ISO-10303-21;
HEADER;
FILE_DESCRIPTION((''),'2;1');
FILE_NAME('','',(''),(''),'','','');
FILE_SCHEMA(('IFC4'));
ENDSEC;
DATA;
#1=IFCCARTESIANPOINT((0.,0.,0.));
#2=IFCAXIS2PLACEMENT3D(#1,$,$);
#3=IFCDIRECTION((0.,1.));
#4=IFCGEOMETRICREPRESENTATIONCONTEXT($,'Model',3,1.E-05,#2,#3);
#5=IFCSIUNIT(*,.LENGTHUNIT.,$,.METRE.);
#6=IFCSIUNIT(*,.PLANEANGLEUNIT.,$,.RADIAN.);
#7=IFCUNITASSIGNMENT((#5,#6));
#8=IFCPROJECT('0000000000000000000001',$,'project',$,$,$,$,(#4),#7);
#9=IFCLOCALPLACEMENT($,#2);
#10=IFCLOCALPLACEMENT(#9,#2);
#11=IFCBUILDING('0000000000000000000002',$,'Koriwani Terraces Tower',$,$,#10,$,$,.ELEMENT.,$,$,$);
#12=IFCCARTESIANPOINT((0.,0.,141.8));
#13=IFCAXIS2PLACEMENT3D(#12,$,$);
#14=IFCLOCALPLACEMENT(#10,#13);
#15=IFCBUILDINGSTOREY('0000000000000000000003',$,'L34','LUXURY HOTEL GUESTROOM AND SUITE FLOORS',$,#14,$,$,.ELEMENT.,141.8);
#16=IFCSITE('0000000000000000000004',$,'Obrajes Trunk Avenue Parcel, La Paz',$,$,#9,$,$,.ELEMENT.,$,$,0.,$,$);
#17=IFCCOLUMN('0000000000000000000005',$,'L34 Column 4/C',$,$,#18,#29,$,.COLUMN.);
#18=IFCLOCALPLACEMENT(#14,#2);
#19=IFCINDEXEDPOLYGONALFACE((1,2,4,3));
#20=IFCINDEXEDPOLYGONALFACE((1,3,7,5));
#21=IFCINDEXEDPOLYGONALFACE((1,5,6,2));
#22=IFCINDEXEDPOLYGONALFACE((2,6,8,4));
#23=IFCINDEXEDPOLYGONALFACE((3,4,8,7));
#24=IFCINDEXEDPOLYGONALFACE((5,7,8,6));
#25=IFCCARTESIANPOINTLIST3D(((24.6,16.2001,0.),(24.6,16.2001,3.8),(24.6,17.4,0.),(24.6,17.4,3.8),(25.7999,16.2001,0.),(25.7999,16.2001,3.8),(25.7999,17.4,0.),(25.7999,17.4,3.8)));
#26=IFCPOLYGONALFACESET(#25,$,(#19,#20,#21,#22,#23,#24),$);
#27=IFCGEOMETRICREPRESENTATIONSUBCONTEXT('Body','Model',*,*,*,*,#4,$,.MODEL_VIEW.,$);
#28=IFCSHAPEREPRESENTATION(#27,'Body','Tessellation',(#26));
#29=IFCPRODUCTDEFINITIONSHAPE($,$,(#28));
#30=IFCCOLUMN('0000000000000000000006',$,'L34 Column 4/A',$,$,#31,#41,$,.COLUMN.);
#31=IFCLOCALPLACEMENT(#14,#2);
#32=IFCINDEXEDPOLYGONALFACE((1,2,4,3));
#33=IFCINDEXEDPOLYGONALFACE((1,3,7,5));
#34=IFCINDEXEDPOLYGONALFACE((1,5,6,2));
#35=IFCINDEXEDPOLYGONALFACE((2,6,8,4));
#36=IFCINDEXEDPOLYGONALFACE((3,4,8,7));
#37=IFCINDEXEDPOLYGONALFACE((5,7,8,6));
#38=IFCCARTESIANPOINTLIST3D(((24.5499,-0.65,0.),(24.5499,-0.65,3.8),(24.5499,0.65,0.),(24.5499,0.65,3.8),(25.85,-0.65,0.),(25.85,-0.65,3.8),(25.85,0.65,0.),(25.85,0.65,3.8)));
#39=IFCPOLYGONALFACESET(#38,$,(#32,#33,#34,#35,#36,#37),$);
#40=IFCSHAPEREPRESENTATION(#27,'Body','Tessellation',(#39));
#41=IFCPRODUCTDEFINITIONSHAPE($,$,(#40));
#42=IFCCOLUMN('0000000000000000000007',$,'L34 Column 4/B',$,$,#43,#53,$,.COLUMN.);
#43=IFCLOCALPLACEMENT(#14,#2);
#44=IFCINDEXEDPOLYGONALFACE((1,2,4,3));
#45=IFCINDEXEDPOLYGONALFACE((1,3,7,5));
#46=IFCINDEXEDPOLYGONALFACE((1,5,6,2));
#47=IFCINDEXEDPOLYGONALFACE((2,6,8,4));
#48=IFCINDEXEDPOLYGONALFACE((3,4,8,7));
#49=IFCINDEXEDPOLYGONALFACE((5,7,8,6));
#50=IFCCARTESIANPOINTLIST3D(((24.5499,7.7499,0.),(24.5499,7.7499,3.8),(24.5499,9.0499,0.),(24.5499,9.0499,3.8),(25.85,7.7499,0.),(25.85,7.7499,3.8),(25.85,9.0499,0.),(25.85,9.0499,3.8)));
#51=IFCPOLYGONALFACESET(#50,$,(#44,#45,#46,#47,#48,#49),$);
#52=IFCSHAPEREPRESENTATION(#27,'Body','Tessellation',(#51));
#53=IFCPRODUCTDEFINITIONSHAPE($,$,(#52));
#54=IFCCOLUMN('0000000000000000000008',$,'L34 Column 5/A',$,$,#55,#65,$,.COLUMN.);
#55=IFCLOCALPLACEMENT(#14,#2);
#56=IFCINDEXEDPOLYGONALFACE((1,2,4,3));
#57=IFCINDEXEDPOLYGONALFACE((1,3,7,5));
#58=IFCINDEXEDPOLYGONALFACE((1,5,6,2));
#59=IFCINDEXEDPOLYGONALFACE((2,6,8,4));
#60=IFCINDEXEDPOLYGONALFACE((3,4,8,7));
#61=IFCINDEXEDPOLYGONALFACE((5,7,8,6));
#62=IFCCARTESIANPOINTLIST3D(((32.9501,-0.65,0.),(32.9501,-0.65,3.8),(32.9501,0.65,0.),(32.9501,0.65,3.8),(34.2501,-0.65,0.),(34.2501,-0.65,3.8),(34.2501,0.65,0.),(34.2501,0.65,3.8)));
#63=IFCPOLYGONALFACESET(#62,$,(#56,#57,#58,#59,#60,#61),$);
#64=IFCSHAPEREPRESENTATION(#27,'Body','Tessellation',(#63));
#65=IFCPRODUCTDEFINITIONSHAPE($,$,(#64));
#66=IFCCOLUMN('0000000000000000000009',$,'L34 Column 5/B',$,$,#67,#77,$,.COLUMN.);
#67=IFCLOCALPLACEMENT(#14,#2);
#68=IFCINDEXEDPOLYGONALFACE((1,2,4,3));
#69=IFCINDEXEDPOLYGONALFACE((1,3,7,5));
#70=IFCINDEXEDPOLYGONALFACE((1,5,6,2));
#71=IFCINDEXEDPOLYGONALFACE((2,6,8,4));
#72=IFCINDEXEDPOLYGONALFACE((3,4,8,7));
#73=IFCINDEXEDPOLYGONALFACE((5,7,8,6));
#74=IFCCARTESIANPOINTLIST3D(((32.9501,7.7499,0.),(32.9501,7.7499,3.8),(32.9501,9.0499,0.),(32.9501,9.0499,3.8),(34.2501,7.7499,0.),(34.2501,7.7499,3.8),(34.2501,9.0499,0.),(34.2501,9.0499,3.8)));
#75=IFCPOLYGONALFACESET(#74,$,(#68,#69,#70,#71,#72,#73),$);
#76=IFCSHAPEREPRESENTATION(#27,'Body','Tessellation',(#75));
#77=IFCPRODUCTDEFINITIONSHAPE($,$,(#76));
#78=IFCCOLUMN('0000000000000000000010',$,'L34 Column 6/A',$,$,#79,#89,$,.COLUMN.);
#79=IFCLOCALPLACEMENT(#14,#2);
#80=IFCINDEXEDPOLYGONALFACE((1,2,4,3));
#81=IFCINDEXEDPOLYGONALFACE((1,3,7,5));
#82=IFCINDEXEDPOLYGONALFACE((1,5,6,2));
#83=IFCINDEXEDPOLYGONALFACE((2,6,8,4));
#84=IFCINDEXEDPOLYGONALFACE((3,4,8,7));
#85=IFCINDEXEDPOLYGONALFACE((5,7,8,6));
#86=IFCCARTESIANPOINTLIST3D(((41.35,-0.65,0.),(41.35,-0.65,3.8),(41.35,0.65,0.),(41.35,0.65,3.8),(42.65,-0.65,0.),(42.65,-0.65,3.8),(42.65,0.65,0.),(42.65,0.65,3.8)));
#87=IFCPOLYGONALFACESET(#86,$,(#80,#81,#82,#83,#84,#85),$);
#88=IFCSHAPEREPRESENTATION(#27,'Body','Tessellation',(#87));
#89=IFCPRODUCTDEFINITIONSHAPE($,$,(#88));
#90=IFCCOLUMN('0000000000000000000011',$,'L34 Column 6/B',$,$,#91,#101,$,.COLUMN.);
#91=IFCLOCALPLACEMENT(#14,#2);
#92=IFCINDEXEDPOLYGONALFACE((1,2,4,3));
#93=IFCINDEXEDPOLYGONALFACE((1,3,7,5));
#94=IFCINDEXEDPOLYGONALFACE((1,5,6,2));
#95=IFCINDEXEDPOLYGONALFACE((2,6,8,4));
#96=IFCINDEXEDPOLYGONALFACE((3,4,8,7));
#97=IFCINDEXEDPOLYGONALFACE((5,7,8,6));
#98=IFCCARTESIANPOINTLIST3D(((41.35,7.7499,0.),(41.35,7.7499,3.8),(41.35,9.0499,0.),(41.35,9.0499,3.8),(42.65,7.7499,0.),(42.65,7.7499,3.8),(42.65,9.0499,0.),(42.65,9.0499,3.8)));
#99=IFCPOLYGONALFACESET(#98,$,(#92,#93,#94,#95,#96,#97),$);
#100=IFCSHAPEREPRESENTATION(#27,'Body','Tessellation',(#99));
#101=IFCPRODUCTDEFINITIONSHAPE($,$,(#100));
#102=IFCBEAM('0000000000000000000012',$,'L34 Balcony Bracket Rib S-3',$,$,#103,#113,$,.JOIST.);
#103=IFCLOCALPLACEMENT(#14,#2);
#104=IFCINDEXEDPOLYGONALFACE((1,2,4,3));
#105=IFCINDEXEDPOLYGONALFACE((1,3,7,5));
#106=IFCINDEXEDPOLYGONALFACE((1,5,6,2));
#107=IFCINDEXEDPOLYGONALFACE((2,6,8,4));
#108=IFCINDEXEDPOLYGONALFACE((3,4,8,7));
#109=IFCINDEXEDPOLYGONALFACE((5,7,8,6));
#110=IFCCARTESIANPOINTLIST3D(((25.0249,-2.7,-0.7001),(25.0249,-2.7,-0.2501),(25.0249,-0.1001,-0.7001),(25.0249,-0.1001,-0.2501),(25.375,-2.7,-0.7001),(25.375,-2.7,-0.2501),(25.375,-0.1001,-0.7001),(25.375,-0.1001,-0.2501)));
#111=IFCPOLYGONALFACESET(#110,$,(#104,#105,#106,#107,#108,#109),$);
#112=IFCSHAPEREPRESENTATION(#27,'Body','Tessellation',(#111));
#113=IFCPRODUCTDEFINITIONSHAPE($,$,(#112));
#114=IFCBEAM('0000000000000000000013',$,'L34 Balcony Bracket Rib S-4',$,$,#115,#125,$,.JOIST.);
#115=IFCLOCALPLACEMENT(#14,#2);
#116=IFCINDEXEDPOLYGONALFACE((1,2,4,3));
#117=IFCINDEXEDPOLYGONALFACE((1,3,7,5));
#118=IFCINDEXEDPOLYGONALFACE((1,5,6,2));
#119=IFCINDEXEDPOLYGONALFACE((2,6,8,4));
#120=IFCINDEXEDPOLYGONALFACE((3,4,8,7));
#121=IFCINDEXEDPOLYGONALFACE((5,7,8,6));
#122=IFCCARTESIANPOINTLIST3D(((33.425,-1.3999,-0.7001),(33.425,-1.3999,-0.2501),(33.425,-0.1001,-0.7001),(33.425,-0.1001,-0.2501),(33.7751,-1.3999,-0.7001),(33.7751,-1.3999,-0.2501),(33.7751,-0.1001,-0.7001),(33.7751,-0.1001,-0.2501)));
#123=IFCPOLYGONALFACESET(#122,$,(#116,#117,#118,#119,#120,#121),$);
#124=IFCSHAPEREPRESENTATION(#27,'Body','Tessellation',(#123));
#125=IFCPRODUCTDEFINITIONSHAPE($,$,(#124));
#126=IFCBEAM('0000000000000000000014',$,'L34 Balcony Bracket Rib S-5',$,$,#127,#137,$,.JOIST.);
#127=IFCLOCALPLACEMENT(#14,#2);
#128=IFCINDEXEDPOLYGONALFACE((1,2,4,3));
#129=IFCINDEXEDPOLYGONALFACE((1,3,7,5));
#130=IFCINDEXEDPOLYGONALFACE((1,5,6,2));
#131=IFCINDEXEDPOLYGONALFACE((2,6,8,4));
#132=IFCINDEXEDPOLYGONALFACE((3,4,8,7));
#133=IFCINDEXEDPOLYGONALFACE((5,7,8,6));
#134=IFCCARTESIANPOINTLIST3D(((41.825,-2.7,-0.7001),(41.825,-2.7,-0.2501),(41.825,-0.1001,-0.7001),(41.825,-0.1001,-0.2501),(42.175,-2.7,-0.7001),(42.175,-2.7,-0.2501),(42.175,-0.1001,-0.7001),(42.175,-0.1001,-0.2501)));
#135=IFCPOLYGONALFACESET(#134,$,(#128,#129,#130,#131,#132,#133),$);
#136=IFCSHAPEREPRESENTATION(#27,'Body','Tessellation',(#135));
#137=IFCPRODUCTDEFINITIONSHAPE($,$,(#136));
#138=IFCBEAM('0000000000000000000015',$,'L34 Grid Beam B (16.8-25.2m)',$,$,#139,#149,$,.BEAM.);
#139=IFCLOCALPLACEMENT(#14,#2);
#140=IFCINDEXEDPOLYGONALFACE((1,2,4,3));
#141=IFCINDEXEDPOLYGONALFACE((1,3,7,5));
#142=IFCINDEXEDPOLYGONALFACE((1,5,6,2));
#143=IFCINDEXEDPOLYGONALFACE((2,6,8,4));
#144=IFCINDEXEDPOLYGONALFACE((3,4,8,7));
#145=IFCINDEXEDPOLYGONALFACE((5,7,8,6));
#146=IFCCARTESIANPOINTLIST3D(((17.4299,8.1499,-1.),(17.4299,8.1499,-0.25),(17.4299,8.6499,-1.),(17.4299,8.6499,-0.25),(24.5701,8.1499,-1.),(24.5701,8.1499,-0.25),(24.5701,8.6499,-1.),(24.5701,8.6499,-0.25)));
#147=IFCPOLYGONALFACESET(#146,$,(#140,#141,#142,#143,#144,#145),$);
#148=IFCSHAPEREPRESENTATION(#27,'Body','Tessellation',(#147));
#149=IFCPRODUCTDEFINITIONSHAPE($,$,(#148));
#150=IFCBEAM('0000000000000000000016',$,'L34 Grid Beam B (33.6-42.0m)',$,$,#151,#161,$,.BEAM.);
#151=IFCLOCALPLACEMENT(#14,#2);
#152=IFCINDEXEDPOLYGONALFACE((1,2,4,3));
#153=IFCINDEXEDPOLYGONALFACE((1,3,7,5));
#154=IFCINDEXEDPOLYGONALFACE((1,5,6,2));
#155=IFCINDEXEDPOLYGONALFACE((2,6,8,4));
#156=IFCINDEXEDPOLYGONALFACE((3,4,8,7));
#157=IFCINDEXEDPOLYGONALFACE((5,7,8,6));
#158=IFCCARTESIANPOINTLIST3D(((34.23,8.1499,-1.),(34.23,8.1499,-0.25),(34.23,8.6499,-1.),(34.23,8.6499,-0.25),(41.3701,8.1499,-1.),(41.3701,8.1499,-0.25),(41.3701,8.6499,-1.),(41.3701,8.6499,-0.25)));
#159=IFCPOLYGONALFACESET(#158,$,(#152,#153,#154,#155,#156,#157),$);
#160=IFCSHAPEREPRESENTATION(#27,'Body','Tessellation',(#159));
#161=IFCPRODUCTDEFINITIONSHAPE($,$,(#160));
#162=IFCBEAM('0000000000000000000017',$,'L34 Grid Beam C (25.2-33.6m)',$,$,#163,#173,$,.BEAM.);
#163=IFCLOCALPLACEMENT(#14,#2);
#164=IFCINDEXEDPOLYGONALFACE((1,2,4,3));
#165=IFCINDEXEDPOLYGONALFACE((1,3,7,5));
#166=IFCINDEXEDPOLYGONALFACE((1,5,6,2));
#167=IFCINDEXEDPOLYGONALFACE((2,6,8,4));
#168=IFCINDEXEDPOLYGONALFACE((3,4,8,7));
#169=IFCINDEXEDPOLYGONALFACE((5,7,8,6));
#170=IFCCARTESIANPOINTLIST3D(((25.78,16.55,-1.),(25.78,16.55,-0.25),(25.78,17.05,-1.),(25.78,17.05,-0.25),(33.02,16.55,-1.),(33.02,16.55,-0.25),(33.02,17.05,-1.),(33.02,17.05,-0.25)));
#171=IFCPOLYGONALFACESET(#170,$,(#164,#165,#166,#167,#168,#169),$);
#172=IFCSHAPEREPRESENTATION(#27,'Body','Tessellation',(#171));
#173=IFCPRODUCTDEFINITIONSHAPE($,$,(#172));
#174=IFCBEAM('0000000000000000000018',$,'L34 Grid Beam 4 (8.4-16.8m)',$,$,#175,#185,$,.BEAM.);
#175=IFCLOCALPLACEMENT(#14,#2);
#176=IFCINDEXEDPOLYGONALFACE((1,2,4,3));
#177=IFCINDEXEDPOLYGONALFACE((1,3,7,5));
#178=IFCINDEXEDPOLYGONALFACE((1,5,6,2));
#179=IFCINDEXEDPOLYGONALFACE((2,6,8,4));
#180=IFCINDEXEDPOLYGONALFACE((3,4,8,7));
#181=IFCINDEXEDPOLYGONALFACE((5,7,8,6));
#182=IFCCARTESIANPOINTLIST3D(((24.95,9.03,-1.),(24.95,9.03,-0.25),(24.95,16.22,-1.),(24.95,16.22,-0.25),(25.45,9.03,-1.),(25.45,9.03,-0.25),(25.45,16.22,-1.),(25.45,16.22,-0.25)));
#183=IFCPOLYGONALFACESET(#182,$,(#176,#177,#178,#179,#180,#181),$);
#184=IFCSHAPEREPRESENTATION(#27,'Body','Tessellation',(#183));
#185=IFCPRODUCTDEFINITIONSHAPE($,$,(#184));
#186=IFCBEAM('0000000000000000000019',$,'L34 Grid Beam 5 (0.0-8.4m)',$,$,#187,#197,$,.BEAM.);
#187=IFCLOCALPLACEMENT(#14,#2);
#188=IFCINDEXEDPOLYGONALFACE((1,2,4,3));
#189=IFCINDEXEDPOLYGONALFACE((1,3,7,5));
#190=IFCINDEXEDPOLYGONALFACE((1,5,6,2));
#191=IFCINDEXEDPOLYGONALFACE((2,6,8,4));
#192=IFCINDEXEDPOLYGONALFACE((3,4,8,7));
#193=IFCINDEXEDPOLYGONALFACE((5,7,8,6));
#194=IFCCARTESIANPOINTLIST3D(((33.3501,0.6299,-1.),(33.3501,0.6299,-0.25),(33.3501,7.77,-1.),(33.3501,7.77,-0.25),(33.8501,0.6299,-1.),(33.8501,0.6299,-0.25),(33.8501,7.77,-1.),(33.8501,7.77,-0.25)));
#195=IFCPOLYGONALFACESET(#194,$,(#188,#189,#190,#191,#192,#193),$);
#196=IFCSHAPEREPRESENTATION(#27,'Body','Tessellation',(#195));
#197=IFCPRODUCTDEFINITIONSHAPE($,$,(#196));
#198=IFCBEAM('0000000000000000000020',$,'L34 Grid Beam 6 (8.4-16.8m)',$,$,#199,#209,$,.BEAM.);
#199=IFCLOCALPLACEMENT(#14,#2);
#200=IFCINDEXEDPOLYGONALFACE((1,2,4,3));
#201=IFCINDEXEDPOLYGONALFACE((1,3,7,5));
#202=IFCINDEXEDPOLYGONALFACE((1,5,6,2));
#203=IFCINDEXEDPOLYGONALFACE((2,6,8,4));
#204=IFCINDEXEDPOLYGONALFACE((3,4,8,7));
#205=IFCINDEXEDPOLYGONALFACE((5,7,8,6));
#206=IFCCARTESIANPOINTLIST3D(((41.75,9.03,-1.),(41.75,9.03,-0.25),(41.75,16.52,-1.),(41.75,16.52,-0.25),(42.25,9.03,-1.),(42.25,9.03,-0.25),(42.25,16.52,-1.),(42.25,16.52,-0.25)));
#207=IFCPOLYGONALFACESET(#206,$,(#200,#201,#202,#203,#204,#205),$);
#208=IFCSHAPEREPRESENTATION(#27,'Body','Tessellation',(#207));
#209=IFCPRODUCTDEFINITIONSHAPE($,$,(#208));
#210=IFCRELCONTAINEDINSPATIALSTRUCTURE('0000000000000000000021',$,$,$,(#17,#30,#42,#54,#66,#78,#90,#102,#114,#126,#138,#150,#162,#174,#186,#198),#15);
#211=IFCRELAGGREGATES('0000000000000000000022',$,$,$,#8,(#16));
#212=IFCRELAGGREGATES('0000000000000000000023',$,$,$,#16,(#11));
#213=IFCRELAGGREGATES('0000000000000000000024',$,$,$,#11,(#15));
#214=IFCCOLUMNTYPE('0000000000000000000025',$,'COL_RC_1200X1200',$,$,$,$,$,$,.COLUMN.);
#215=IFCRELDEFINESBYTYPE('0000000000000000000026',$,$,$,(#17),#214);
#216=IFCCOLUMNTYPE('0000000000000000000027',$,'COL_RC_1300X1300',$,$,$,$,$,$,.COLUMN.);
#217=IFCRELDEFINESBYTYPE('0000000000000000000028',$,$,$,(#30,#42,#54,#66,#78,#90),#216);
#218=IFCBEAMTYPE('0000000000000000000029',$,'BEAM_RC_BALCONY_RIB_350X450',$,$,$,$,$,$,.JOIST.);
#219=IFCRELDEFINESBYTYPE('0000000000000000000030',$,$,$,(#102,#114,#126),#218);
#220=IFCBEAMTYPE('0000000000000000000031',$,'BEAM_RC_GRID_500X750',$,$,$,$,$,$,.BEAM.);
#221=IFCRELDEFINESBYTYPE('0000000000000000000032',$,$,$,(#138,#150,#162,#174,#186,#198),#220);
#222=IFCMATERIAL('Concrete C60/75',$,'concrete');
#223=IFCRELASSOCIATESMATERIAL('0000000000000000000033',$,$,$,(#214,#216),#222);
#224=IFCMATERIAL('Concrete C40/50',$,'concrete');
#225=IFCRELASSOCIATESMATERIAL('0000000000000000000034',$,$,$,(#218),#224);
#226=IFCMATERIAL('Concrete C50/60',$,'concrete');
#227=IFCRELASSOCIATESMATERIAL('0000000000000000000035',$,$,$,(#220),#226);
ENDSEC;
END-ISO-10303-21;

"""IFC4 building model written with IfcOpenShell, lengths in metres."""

from ifc_helpers import new_model, si_unit, direction, frame, origin, origin_2d, place, context, subcontext, project, spatial, rectangle, extrude, material, material_profile, profile_set, type_object, element, save


model = new_model("IFC4")

# Units and contexts
model_context = context("Model", 3, precision=1e-05, world=origin(), true_north=direction((0.0, 1.0)))
body_context = subcontext(model_context, "Body", "Model", "MODEL_VIEW")
ifc_project = project(units=[si_unit("LENGTHUNIT", "METRE"), si_unit("PLANEANGLEUNIT", "RADIAN")], contexts=[model_context])

# Site, building, storey
site_placement = place(None, origin())
site = spatial("IfcSite", under=ifc_project, at=site_placement, Name="Obrajes Trunk Avenue Parcel, La Paz", CompositionType="ELEMENT", RefElevation=0.0)
building_placement = place(site_placement, origin())
building = spatial("IfcBuilding", under=site, at=building_placement, Name="Koriwani Terraces Tower", CompositionType="ELEMENT")
storey_placement = place(building_placement, frame((0.0, 0.0, 141.8)))
storey = spatial("IfcBuildingStorey", under=building, at=storey_placement, Name="L34", Description="LUXURY HOTEL GUESTROOM AND SUITE FLOORS", CompositionType="ELEMENT", Elevation=141.8)

# Columns
ifc_material_1 = material(Name="Concrete C60/75", Category="concrete")
ifc_material_profile_1 = material_profile(ifc_material_1, rectangle(XDim=1.2, YDim=1.2, at=origin_2d()), Name="Concrete C60/75", Category="LoadBearing")
ifc_profile_set_1 = profile_set([ifc_material_profile_1], Name="Concrete C60/75")
column_type_1 = type_object("IfcColumnType", Name="COL_RC_1200X1200", PredefinedType="COLUMN", material=ifc_profile_set_1)
column_placement = place(storey_placement, frame((25.2, 16.8, 0.0), z_axis=(0.0, 0.0, 1.0), x_axis=(1.0, 0.0, 0.0)))
element("IfcColumn", 1, at=column_placement, inside=storey, type_object=column_type_1, Name="L34 Column 4/C", PredefinedType="COLUMN", context=body_context, shape_type="SweptSolid", body=[
    extrude(rectangle(XDim=1.2, YDim=1.2, at=origin_2d()), origin(), (0.0, 0.0, 1.0), 3.8),
])
ifc_material_profile_2 = material_profile(ifc_material_1, rectangle(XDim=1.3, YDim=1.3, at=origin_2d()), Name="Concrete C60/75", Category="LoadBearing")
ifc_profile_set_2 = profile_set([ifc_material_profile_2], Name="Concrete C60/75")
column_type_2 = type_object("IfcColumnType", Name="COL_RC_1300X1300", PredefinedType="COLUMN", material=ifc_profile_set_2)
for number, where, z_axis, x_axis, name in (
    (2, (25.2, 0.0, 0.0), (0.0, 0.0, 1.0), (1.0, 0.0, 0.0), "L34 Column 4/A"),
    (3, (25.2, 8.3999, 0.0), (0.0, 0.0, 1.0), (1.0, 0.0, 0.0), "L34 Column 4/B"),
    (4, (33.6001, 0.0, 0.0), (0.0, 0.0, 1.0), (1.0, 0.0, 0.0), "L34 Column 5/A"),
    (5, (33.6001, 8.3999, 0.0), (0.0, 0.0, 1.0), (1.0, 0.0, 0.0), "L34 Column 5/B"),
    (6, (42.0, 0.0, 0.0), (0.0, 0.0, 1.0), (1.0, 0.0, 0.0), "L34 Column 6/A"),
    (7, (42.0, 8.3999, 0.0), (0.0, 0.0, 1.0), (1.0, 0.0, 0.0), "L34 Column 6/B"),
):
    element("IfcColumn", number, at=place(storey_placement, frame(where, z_axis=z_axis, x_axis=x_axis)), inside=storey, type_object=column_type_2, Name=name, PredefinedType="COLUMN", context=body_context, shape_type="SweptSolid", body=[
        extrude(rectangle(XDim=1.3, YDim=1.3, at=origin_2d()), origin(), (0.0, 0.0, 1.0), 3.8),
    ])

# Beams
ifc_material_2 = material(Name="Concrete C40/50", Category="concrete")
ifc_material_profile_3 = material_profile(ifc_material_2, rectangle(XDim=0.3501, YDim=0.45, at=origin_2d()), Name="Concrete C40/50", Category="LoadBearing")
ifc_profile_set_3 = profile_set([ifc_material_profile_3], Name="Concrete C40/50")
beam_type_1 = type_object("IfcBeamType", Name="BEAM_RC_BALCONY_RIB_350X450", PredefinedType="JOIST", material=ifc_profile_set_3)
beam_1_placement = place(storey_placement, frame((25.2, -2.7, -0.4751), z_axis=(0.0, 1.0, 0.0), x_axis=(-1.0, 0.0, 0.0)))
element("IfcBeam", 8, at=beam_1_placement, inside=storey, type_object=beam_type_1, Name="L34 Balcony Bracket Rib S-3", PredefinedType="JOIST", context=body_context, shape_type="SweptSolid", body=[
    extrude(rectangle(XDim=0.3501, YDim=0.45, at=origin_2d()), origin(), (0.0, 0.0, 1.0), 2.5999),
])
beam_2_placement = place(storey_placement, frame((33.6001, -1.3999, -0.4751), z_axis=(0.0, 1.0, 0.0), x_axis=(-1.0, 0.0, 0.0)))
element("IfcBeam", 9, at=beam_2_placement, inside=storey, type_object=beam_type_1, Name="L34 Balcony Bracket Rib S-4", PredefinedType="JOIST", context=body_context, shape_type="SweptSolid", body=[
    extrude(rectangle(XDim=0.3501, YDim=0.45, at=origin_2d()), origin(), (0.0, 0.0, 1.0), 1.2998),
])
beam_3_placement = place(storey_placement, frame((42.0, -2.7, -0.4751), z_axis=(0.0, 1.0, 0.0), x_axis=(-1.0, 0.0, 0.0)))
element("IfcBeam", 10, at=beam_3_placement, inside=storey, type_object=beam_type_1, Name="L34 Balcony Bracket Rib S-5", PredefinedType="JOIST", context=body_context, shape_type="SweptSolid", body=[
    extrude(rectangle(XDim=0.3501, YDim=0.45, at=origin_2d()), origin(), (0.0, 0.0, 1.0), 2.5999),
])
ifc_material_3 = material(Name="Concrete C50/60", Category="concrete")
ifc_material_profile_4 = material_profile(ifc_material_3, rectangle(XDim=0.5, YDim=0.75, at=origin_2d()), Name="Concrete C50/60", Category="LoadBearing")
ifc_profile_set_4 = profile_set([ifc_material_profile_4], Name="Concrete C50/60")
beam_type_2 = type_object("IfcBeamType", Name="BEAM_RC_GRID_500X750", PredefinedType="BEAM", material=ifc_profile_set_4)
for number, where, z_axis, x_axis, name in (
    (11, (17.4299, 8.3999, -0.625), (1.0, 0.0, 0.0), (0.0, 1.0, 0.0), "L34 Grid Beam B (16.8-25.2m)"),
    (12, (34.23, 8.3999, -0.625), (1.0, 0.0, 0.0), (0.0, 1.0, 0.0), "L34 Grid Beam B (33.6-42.0m)"),
):
    element("IfcBeam", number, at=place(storey_placement, frame(where, z_axis=z_axis, x_axis=x_axis)), inside=storey, type_object=beam_type_2, Name=name, PredefinedType="BEAM", context=body_context, shape_type="SweptSolid", body=[
        extrude(rectangle(XDim=0.5, YDim=0.75, at=origin_2d()), origin(), (0.0, 0.0, 1.0), 7.1401),
    ])
beam_4_placement = place(storey_placement, frame((25.78, 16.8, -0.625), z_axis=(1.0, 0.0, 0.0), x_axis=(0.0, 1.0, 0.0)))
element("IfcBeam", 13, at=beam_4_placement, inside=storey, type_object=beam_type_2, Name="L34 Grid Beam C (25.2-33.6m)", PredefinedType="BEAM", context=body_context, shape_type="SweptSolid", body=[
    extrude(rectangle(XDim=0.5, YDim=0.75, at=origin_2d()), origin(), (0.0, 0.0, 1.0), 7.24),
])
beam_5_placement = place(storey_placement, frame((25.2, 9.03, -0.625), z_axis=(0.0, 1.0, 0.0), x_axis=(-1.0, 0.0, 0.0)))
element("IfcBeam", 14, at=beam_5_placement, inside=storey, type_object=beam_type_2, Name="L34 Grid Beam 4 (8.4-16.8m)", PredefinedType="BEAM", context=body_context, shape_type="SweptSolid", body=[
    extrude(rectangle(XDim=0.5, YDim=0.75, at=origin_2d()), origin(), (0.0, 0.0, 1.0), 7.1899),
])
beam_6_placement = place(storey_placement, frame((33.6001, 0.6299, -0.625), z_axis=(0.0, 1.0, 0.0), x_axis=(-1.0, 0.0, 0.0)))
element("IfcBeam", 15, at=beam_6_placement, inside=storey, type_object=beam_type_2, Name="L34 Grid Beam 5 (0.0-8.4m)", PredefinedType="BEAM", context=body_context, shape_type="SweptSolid", body=[
    extrude(rectangle(XDim=0.5, YDim=0.75, at=origin_2d()), origin(), (0.0, 0.0, 1.0), 7.1401),
])
beam_7_placement = place(storey_placement, frame((42.0, 9.03, -0.625), z_axis=(0.0, 1.0, 0.0), x_axis=(-1.0, 0.0, 0.0)))
element("IfcBeam", 16, at=beam_7_placement, inside=storey, type_object=beam_type_2, Name="L34 Grid Beam 6 (8.4-16.8m)", PredefinedType="BEAM", context=body_context, shape_type="SweptSolid", body=[
    extrude(rectangle(XDim=0.5, YDim=0.75, at=origin_2d()), origin(), (0.0, 0.0, 1.0), 7.49),
])

save(model, "model.ifc")
